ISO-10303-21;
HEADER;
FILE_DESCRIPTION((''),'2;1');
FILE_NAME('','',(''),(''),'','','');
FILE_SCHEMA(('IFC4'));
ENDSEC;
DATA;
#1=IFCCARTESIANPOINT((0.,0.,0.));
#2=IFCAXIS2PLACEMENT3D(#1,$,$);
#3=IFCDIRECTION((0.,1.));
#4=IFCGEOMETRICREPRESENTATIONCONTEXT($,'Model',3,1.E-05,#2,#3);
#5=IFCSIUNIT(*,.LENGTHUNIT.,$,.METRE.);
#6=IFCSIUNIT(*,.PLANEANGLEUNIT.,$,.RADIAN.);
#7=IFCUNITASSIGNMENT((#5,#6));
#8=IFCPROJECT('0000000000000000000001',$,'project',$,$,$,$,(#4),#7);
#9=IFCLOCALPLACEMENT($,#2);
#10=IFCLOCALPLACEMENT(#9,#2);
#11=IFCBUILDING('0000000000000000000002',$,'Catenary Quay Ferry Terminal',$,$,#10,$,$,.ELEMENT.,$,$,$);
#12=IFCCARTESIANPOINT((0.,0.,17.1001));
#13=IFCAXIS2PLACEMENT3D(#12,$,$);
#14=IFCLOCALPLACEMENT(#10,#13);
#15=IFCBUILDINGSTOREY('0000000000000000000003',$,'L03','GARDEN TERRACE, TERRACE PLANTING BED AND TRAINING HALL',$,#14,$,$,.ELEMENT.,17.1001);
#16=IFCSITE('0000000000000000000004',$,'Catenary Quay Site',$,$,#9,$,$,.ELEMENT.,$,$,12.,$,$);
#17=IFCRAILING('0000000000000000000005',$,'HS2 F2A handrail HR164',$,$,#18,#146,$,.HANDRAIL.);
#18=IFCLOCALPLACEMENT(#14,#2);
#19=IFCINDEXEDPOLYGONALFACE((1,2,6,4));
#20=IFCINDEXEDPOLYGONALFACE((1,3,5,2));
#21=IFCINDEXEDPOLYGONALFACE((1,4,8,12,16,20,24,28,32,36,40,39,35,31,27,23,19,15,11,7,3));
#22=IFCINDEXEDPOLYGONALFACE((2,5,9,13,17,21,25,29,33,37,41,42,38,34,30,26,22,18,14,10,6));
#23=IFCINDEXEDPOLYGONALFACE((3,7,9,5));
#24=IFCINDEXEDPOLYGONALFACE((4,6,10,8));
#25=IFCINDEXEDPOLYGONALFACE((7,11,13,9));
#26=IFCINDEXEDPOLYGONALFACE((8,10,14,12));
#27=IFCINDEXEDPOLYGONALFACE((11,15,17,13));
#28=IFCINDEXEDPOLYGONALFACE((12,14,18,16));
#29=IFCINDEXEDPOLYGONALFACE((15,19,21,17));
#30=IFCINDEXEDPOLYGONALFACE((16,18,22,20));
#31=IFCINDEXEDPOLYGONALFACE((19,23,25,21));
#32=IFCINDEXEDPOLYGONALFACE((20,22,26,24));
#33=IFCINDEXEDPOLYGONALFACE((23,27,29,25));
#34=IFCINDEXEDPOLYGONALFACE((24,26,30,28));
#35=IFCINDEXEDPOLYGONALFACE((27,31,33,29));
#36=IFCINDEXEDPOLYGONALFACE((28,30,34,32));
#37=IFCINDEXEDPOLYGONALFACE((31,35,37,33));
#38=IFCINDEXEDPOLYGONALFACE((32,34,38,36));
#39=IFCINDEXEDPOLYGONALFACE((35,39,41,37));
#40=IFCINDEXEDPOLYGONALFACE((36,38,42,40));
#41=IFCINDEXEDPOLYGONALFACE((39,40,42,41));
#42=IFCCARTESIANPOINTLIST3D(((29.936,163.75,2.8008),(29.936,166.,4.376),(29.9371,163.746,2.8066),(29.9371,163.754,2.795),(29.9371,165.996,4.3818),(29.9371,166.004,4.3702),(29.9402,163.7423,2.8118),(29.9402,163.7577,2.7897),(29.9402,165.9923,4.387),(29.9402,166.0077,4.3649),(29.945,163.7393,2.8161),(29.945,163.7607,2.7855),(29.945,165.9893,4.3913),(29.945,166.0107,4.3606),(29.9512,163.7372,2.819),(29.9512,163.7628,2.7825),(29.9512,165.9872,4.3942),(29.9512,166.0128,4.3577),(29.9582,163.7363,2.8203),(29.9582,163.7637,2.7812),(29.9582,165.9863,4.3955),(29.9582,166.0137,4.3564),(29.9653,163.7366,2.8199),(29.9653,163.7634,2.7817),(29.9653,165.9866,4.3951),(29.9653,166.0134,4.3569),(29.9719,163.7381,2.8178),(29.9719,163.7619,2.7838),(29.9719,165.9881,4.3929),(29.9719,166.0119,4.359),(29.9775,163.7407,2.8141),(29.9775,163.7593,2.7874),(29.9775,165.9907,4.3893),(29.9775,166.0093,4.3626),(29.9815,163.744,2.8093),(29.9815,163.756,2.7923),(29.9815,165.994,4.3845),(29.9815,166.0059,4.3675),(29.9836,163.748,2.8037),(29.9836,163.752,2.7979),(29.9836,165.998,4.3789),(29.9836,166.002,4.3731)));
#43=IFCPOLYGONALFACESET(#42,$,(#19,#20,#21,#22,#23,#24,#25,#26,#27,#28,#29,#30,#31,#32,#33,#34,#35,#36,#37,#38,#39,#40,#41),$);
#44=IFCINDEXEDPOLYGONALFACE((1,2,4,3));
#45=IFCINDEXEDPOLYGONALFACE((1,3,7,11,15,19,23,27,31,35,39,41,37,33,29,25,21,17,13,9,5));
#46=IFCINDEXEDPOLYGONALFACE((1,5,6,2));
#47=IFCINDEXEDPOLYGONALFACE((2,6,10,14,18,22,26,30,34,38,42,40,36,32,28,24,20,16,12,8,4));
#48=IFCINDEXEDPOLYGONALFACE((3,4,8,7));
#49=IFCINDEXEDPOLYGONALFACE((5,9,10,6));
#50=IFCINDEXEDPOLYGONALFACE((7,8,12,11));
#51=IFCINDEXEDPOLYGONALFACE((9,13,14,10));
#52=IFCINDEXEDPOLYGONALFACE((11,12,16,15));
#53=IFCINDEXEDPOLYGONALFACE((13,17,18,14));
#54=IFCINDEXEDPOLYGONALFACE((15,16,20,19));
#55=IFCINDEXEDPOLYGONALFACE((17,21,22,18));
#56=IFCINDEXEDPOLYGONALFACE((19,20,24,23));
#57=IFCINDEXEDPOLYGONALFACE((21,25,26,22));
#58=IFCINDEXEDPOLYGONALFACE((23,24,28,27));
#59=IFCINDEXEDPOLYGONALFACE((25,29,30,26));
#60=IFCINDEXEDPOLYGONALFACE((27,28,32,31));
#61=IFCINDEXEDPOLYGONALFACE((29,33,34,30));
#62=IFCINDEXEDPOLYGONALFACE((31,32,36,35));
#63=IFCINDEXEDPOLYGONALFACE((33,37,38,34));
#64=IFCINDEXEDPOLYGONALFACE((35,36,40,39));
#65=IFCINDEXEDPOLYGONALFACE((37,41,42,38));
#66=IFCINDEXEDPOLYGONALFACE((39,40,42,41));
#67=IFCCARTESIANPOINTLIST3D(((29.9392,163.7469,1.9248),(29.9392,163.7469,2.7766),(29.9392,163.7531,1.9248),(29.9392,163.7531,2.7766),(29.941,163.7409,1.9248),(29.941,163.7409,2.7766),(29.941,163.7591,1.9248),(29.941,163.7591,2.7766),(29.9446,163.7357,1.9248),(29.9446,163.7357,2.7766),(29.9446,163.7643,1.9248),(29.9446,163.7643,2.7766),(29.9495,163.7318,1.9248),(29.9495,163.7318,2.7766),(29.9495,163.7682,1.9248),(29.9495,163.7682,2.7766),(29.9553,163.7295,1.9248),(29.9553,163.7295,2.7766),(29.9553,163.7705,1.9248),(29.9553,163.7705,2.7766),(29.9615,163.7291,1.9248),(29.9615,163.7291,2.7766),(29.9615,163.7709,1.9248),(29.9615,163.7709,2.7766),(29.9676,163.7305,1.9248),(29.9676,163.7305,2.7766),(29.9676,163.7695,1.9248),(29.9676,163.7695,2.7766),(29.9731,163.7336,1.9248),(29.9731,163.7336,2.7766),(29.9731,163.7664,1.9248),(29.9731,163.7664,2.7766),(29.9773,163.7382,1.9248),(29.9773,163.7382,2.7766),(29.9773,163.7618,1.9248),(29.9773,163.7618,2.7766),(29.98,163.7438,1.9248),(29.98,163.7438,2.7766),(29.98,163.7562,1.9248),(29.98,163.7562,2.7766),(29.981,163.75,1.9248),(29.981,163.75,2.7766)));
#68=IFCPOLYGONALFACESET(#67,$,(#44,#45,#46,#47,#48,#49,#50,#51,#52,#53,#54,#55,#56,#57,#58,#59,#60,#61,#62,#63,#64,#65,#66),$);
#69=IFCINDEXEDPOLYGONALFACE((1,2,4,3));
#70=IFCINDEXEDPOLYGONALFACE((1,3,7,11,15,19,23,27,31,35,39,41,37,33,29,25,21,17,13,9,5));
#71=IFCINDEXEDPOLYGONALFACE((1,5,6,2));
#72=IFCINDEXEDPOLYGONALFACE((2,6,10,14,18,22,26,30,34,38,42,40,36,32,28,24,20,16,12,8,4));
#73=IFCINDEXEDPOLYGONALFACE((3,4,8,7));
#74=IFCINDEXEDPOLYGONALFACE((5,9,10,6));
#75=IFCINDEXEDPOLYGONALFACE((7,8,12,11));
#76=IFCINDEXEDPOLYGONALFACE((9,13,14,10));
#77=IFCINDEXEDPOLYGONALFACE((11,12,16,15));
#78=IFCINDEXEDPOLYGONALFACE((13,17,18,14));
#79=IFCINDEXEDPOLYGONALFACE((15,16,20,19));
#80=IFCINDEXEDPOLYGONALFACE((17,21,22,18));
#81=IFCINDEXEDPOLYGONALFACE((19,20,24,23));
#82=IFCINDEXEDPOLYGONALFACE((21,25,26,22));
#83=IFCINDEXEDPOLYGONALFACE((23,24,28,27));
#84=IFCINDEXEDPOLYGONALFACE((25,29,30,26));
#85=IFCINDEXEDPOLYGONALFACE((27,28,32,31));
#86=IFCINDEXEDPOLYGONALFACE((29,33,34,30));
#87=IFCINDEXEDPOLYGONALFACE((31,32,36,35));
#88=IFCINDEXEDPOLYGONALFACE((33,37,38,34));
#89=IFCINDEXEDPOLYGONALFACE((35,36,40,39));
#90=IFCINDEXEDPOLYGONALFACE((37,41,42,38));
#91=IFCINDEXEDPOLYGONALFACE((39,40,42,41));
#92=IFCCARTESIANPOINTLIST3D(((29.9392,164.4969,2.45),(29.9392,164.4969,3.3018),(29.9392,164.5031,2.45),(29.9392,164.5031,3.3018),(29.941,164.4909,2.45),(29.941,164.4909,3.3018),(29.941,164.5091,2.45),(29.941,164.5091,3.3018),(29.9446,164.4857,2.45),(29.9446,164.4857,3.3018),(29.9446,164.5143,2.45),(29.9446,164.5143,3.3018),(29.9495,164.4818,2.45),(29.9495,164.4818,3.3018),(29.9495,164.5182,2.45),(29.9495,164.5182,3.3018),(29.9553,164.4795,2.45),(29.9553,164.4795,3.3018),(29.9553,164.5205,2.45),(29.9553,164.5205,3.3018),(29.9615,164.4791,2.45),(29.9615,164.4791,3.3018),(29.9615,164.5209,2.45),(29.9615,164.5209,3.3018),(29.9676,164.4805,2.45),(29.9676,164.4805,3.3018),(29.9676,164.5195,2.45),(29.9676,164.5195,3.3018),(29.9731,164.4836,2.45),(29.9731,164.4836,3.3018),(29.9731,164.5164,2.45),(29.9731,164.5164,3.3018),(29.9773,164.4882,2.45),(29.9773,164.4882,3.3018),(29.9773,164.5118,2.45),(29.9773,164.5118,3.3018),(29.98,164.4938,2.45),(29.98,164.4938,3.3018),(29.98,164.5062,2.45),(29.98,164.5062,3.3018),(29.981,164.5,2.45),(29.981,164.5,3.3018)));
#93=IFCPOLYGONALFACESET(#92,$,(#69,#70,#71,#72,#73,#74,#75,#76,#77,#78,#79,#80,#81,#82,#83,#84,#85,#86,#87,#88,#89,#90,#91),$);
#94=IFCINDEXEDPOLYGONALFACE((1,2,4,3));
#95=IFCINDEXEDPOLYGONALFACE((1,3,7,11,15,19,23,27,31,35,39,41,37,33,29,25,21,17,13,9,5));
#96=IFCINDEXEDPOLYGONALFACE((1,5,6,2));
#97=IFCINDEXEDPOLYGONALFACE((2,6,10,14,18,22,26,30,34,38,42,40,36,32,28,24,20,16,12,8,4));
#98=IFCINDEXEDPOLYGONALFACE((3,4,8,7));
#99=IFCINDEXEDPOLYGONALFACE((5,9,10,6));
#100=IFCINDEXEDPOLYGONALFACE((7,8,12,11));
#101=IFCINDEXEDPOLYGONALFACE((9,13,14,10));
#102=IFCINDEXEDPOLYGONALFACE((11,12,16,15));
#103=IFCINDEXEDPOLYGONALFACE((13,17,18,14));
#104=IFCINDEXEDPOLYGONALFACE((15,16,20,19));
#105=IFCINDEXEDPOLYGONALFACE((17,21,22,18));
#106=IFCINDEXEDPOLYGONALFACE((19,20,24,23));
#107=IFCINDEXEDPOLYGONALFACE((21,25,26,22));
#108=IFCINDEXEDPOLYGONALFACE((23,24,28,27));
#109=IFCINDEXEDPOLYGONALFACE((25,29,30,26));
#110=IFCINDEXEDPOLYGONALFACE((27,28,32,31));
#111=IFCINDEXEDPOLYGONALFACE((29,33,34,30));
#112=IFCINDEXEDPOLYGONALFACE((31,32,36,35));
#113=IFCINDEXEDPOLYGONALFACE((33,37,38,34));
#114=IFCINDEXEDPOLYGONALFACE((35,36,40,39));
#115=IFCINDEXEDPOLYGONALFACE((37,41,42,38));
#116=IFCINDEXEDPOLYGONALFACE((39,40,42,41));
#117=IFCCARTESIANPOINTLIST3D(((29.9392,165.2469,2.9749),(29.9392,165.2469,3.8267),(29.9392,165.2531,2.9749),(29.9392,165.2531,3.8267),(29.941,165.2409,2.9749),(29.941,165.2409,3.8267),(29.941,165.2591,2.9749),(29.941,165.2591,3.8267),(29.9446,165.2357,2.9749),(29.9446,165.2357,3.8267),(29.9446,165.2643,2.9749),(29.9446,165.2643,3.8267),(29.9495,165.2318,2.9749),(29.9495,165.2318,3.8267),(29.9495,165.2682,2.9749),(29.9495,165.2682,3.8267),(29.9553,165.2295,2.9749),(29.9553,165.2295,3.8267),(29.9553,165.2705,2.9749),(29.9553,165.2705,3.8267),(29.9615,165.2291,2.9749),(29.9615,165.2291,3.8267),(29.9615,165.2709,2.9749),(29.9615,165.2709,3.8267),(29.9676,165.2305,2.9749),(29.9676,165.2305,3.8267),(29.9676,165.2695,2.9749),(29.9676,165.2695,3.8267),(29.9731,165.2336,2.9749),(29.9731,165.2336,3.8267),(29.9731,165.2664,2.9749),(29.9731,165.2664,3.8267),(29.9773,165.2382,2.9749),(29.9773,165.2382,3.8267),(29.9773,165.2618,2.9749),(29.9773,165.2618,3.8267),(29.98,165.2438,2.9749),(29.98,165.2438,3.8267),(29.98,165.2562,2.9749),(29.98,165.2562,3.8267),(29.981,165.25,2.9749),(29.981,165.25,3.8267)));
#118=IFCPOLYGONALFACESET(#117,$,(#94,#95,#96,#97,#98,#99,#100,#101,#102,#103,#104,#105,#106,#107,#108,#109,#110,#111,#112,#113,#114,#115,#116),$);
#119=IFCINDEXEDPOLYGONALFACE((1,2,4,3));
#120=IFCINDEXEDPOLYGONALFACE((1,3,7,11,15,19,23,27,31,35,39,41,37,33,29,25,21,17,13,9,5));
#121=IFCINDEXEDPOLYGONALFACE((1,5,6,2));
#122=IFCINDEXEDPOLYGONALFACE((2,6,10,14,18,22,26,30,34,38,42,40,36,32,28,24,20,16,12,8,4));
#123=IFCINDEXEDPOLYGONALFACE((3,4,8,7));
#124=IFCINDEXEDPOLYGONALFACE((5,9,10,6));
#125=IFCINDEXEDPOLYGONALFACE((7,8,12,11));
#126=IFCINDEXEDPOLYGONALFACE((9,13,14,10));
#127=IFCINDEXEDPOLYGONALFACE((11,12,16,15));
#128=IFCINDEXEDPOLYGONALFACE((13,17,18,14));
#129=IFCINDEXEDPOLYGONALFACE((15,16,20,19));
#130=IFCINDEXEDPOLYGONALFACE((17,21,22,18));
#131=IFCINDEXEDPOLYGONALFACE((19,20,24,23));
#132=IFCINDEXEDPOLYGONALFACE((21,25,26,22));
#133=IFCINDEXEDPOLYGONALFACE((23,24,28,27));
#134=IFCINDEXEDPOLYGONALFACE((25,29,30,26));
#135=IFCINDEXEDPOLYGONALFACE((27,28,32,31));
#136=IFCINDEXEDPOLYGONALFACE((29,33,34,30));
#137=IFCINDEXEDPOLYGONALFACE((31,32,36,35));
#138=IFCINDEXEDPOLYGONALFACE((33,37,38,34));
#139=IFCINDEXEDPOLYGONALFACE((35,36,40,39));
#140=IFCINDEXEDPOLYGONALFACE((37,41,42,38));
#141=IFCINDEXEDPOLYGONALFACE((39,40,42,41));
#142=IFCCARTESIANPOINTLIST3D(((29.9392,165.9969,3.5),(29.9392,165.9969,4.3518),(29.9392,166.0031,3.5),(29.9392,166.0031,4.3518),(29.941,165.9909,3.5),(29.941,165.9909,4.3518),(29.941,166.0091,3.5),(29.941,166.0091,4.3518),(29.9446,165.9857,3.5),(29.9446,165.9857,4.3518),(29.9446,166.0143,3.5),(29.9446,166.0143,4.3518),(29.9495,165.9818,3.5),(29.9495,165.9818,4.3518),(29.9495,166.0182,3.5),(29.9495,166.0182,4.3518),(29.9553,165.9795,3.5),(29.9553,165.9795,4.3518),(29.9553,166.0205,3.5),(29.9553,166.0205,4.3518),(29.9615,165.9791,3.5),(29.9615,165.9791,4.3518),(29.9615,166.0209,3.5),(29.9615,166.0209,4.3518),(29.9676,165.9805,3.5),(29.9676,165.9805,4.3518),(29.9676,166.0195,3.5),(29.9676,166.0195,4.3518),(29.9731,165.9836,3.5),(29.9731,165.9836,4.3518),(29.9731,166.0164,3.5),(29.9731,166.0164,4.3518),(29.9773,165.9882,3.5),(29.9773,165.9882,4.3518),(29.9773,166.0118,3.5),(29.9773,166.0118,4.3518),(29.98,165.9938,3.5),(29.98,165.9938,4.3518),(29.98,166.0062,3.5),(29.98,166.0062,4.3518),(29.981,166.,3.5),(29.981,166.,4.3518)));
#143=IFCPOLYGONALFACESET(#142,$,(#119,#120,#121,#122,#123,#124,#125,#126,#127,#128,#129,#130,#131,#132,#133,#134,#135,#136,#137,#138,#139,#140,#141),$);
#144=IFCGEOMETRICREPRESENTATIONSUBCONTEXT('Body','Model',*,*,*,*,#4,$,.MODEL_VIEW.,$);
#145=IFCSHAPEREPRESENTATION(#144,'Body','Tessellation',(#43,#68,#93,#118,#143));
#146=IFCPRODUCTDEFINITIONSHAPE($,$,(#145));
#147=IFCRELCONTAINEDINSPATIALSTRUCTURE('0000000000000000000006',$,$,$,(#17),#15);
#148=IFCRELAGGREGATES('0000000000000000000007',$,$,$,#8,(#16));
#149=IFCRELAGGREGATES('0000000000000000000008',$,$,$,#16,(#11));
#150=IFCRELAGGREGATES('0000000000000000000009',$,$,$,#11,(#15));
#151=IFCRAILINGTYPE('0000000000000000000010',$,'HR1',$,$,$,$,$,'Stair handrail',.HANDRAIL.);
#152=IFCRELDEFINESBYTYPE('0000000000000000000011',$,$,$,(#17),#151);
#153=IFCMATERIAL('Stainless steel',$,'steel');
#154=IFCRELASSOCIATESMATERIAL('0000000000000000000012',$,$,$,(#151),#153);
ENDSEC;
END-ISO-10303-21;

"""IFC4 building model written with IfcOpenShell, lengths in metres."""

from ifc_helpers import new_model, si_unit, direction, frame, origin, origin_2d, place, context, subcontext, project, spatial, circle, extrude, material, type_object, element, save


model = new_model("IFC4")

# Units and contexts
model_context = context("Model", 3, precision=1e-05, world=origin(), true_north=direction((0.0, 1.0)))
body_context = subcontext(model_context, "Body", "Model", "MODEL_VIEW")
ifc_project = project(units=[si_unit("LENGTHUNIT", "METRE"), si_unit("PLANEANGLEUNIT", "RADIAN")], contexts=[model_context])

# Site, building, storey
site_placement = place(None, origin())
site = spatial("IfcSite", under=ifc_project, at=site_placement, Name="Catenary Quay Site", CompositionType="ELEMENT", RefElevation=12.0)
building_placement = place(site_placement, origin())
building = spatial("IfcBuilding", under=site, at=building_placement, Name="Catenary Quay Ferry Terminal", CompositionType="ELEMENT")
storey_placement = place(building_placement, frame((0.0, 0.0, 17.1001)))
storey = spatial("IfcBuildingStorey", under=building, at=storey_placement, Name="L03", Description="GARDEN TERRACE, TERRACE PLANTING BED AND TRAINING HALL", CompositionType="ELEMENT", Elevation=17.1001)

# Railing
ifc_material_1 = material(Name="Stainless steel", Category="steel")
railing_type_1 = type_object("IfcRailingType", Name="HR1", ElementType="Stair handrail", PredefinedType="HANDRAIL", material=ifc_material_1)
for number, where, name in (
    (1, (29.96, 163.75, 1.9248), "HS2 F2A handrail HR164"),
):
    element("IfcRailing", number, at=place(storey_placement, frame(where)), inside=storey, type_object=railing_type_1, Name=name, PredefinedType="HANDRAIL", context=body_context, shape_type="SweptSolid", body=[
        extrude(circle(Radius=0.0239, at=origin_2d()), frame((0.0, 0.0, 0.876), z_axis=(0.0, 0.819199, 0.57351), x_axis=(-1.0, 0.0, 0.0)), (0.0, 0.0, 1.0), 2.7466),
        extrude(circle(Radius=0.021, at=origin_2d()), origin(), (0.0, 0.0, 1.0), 0.8518),
        extrude(circle(Radius=0.021, at=origin_2d()), frame((0.0, 0.75, 0.5251)), (0.0, 0.0, 1.0), 0.8518),
        extrude(circle(Radius=0.021, at=origin_2d()), frame((0.0, 1.5, 1.05)), (0.0, 0.0, 1.0), 0.8518),
        extrude(circle(Radius=0.021, at=origin_2d()), frame((0.0, 2.25, 1.5752)), (0.0, 0.0, 1.0), 0.8518),
    ])

save(model, "model.ifc")
